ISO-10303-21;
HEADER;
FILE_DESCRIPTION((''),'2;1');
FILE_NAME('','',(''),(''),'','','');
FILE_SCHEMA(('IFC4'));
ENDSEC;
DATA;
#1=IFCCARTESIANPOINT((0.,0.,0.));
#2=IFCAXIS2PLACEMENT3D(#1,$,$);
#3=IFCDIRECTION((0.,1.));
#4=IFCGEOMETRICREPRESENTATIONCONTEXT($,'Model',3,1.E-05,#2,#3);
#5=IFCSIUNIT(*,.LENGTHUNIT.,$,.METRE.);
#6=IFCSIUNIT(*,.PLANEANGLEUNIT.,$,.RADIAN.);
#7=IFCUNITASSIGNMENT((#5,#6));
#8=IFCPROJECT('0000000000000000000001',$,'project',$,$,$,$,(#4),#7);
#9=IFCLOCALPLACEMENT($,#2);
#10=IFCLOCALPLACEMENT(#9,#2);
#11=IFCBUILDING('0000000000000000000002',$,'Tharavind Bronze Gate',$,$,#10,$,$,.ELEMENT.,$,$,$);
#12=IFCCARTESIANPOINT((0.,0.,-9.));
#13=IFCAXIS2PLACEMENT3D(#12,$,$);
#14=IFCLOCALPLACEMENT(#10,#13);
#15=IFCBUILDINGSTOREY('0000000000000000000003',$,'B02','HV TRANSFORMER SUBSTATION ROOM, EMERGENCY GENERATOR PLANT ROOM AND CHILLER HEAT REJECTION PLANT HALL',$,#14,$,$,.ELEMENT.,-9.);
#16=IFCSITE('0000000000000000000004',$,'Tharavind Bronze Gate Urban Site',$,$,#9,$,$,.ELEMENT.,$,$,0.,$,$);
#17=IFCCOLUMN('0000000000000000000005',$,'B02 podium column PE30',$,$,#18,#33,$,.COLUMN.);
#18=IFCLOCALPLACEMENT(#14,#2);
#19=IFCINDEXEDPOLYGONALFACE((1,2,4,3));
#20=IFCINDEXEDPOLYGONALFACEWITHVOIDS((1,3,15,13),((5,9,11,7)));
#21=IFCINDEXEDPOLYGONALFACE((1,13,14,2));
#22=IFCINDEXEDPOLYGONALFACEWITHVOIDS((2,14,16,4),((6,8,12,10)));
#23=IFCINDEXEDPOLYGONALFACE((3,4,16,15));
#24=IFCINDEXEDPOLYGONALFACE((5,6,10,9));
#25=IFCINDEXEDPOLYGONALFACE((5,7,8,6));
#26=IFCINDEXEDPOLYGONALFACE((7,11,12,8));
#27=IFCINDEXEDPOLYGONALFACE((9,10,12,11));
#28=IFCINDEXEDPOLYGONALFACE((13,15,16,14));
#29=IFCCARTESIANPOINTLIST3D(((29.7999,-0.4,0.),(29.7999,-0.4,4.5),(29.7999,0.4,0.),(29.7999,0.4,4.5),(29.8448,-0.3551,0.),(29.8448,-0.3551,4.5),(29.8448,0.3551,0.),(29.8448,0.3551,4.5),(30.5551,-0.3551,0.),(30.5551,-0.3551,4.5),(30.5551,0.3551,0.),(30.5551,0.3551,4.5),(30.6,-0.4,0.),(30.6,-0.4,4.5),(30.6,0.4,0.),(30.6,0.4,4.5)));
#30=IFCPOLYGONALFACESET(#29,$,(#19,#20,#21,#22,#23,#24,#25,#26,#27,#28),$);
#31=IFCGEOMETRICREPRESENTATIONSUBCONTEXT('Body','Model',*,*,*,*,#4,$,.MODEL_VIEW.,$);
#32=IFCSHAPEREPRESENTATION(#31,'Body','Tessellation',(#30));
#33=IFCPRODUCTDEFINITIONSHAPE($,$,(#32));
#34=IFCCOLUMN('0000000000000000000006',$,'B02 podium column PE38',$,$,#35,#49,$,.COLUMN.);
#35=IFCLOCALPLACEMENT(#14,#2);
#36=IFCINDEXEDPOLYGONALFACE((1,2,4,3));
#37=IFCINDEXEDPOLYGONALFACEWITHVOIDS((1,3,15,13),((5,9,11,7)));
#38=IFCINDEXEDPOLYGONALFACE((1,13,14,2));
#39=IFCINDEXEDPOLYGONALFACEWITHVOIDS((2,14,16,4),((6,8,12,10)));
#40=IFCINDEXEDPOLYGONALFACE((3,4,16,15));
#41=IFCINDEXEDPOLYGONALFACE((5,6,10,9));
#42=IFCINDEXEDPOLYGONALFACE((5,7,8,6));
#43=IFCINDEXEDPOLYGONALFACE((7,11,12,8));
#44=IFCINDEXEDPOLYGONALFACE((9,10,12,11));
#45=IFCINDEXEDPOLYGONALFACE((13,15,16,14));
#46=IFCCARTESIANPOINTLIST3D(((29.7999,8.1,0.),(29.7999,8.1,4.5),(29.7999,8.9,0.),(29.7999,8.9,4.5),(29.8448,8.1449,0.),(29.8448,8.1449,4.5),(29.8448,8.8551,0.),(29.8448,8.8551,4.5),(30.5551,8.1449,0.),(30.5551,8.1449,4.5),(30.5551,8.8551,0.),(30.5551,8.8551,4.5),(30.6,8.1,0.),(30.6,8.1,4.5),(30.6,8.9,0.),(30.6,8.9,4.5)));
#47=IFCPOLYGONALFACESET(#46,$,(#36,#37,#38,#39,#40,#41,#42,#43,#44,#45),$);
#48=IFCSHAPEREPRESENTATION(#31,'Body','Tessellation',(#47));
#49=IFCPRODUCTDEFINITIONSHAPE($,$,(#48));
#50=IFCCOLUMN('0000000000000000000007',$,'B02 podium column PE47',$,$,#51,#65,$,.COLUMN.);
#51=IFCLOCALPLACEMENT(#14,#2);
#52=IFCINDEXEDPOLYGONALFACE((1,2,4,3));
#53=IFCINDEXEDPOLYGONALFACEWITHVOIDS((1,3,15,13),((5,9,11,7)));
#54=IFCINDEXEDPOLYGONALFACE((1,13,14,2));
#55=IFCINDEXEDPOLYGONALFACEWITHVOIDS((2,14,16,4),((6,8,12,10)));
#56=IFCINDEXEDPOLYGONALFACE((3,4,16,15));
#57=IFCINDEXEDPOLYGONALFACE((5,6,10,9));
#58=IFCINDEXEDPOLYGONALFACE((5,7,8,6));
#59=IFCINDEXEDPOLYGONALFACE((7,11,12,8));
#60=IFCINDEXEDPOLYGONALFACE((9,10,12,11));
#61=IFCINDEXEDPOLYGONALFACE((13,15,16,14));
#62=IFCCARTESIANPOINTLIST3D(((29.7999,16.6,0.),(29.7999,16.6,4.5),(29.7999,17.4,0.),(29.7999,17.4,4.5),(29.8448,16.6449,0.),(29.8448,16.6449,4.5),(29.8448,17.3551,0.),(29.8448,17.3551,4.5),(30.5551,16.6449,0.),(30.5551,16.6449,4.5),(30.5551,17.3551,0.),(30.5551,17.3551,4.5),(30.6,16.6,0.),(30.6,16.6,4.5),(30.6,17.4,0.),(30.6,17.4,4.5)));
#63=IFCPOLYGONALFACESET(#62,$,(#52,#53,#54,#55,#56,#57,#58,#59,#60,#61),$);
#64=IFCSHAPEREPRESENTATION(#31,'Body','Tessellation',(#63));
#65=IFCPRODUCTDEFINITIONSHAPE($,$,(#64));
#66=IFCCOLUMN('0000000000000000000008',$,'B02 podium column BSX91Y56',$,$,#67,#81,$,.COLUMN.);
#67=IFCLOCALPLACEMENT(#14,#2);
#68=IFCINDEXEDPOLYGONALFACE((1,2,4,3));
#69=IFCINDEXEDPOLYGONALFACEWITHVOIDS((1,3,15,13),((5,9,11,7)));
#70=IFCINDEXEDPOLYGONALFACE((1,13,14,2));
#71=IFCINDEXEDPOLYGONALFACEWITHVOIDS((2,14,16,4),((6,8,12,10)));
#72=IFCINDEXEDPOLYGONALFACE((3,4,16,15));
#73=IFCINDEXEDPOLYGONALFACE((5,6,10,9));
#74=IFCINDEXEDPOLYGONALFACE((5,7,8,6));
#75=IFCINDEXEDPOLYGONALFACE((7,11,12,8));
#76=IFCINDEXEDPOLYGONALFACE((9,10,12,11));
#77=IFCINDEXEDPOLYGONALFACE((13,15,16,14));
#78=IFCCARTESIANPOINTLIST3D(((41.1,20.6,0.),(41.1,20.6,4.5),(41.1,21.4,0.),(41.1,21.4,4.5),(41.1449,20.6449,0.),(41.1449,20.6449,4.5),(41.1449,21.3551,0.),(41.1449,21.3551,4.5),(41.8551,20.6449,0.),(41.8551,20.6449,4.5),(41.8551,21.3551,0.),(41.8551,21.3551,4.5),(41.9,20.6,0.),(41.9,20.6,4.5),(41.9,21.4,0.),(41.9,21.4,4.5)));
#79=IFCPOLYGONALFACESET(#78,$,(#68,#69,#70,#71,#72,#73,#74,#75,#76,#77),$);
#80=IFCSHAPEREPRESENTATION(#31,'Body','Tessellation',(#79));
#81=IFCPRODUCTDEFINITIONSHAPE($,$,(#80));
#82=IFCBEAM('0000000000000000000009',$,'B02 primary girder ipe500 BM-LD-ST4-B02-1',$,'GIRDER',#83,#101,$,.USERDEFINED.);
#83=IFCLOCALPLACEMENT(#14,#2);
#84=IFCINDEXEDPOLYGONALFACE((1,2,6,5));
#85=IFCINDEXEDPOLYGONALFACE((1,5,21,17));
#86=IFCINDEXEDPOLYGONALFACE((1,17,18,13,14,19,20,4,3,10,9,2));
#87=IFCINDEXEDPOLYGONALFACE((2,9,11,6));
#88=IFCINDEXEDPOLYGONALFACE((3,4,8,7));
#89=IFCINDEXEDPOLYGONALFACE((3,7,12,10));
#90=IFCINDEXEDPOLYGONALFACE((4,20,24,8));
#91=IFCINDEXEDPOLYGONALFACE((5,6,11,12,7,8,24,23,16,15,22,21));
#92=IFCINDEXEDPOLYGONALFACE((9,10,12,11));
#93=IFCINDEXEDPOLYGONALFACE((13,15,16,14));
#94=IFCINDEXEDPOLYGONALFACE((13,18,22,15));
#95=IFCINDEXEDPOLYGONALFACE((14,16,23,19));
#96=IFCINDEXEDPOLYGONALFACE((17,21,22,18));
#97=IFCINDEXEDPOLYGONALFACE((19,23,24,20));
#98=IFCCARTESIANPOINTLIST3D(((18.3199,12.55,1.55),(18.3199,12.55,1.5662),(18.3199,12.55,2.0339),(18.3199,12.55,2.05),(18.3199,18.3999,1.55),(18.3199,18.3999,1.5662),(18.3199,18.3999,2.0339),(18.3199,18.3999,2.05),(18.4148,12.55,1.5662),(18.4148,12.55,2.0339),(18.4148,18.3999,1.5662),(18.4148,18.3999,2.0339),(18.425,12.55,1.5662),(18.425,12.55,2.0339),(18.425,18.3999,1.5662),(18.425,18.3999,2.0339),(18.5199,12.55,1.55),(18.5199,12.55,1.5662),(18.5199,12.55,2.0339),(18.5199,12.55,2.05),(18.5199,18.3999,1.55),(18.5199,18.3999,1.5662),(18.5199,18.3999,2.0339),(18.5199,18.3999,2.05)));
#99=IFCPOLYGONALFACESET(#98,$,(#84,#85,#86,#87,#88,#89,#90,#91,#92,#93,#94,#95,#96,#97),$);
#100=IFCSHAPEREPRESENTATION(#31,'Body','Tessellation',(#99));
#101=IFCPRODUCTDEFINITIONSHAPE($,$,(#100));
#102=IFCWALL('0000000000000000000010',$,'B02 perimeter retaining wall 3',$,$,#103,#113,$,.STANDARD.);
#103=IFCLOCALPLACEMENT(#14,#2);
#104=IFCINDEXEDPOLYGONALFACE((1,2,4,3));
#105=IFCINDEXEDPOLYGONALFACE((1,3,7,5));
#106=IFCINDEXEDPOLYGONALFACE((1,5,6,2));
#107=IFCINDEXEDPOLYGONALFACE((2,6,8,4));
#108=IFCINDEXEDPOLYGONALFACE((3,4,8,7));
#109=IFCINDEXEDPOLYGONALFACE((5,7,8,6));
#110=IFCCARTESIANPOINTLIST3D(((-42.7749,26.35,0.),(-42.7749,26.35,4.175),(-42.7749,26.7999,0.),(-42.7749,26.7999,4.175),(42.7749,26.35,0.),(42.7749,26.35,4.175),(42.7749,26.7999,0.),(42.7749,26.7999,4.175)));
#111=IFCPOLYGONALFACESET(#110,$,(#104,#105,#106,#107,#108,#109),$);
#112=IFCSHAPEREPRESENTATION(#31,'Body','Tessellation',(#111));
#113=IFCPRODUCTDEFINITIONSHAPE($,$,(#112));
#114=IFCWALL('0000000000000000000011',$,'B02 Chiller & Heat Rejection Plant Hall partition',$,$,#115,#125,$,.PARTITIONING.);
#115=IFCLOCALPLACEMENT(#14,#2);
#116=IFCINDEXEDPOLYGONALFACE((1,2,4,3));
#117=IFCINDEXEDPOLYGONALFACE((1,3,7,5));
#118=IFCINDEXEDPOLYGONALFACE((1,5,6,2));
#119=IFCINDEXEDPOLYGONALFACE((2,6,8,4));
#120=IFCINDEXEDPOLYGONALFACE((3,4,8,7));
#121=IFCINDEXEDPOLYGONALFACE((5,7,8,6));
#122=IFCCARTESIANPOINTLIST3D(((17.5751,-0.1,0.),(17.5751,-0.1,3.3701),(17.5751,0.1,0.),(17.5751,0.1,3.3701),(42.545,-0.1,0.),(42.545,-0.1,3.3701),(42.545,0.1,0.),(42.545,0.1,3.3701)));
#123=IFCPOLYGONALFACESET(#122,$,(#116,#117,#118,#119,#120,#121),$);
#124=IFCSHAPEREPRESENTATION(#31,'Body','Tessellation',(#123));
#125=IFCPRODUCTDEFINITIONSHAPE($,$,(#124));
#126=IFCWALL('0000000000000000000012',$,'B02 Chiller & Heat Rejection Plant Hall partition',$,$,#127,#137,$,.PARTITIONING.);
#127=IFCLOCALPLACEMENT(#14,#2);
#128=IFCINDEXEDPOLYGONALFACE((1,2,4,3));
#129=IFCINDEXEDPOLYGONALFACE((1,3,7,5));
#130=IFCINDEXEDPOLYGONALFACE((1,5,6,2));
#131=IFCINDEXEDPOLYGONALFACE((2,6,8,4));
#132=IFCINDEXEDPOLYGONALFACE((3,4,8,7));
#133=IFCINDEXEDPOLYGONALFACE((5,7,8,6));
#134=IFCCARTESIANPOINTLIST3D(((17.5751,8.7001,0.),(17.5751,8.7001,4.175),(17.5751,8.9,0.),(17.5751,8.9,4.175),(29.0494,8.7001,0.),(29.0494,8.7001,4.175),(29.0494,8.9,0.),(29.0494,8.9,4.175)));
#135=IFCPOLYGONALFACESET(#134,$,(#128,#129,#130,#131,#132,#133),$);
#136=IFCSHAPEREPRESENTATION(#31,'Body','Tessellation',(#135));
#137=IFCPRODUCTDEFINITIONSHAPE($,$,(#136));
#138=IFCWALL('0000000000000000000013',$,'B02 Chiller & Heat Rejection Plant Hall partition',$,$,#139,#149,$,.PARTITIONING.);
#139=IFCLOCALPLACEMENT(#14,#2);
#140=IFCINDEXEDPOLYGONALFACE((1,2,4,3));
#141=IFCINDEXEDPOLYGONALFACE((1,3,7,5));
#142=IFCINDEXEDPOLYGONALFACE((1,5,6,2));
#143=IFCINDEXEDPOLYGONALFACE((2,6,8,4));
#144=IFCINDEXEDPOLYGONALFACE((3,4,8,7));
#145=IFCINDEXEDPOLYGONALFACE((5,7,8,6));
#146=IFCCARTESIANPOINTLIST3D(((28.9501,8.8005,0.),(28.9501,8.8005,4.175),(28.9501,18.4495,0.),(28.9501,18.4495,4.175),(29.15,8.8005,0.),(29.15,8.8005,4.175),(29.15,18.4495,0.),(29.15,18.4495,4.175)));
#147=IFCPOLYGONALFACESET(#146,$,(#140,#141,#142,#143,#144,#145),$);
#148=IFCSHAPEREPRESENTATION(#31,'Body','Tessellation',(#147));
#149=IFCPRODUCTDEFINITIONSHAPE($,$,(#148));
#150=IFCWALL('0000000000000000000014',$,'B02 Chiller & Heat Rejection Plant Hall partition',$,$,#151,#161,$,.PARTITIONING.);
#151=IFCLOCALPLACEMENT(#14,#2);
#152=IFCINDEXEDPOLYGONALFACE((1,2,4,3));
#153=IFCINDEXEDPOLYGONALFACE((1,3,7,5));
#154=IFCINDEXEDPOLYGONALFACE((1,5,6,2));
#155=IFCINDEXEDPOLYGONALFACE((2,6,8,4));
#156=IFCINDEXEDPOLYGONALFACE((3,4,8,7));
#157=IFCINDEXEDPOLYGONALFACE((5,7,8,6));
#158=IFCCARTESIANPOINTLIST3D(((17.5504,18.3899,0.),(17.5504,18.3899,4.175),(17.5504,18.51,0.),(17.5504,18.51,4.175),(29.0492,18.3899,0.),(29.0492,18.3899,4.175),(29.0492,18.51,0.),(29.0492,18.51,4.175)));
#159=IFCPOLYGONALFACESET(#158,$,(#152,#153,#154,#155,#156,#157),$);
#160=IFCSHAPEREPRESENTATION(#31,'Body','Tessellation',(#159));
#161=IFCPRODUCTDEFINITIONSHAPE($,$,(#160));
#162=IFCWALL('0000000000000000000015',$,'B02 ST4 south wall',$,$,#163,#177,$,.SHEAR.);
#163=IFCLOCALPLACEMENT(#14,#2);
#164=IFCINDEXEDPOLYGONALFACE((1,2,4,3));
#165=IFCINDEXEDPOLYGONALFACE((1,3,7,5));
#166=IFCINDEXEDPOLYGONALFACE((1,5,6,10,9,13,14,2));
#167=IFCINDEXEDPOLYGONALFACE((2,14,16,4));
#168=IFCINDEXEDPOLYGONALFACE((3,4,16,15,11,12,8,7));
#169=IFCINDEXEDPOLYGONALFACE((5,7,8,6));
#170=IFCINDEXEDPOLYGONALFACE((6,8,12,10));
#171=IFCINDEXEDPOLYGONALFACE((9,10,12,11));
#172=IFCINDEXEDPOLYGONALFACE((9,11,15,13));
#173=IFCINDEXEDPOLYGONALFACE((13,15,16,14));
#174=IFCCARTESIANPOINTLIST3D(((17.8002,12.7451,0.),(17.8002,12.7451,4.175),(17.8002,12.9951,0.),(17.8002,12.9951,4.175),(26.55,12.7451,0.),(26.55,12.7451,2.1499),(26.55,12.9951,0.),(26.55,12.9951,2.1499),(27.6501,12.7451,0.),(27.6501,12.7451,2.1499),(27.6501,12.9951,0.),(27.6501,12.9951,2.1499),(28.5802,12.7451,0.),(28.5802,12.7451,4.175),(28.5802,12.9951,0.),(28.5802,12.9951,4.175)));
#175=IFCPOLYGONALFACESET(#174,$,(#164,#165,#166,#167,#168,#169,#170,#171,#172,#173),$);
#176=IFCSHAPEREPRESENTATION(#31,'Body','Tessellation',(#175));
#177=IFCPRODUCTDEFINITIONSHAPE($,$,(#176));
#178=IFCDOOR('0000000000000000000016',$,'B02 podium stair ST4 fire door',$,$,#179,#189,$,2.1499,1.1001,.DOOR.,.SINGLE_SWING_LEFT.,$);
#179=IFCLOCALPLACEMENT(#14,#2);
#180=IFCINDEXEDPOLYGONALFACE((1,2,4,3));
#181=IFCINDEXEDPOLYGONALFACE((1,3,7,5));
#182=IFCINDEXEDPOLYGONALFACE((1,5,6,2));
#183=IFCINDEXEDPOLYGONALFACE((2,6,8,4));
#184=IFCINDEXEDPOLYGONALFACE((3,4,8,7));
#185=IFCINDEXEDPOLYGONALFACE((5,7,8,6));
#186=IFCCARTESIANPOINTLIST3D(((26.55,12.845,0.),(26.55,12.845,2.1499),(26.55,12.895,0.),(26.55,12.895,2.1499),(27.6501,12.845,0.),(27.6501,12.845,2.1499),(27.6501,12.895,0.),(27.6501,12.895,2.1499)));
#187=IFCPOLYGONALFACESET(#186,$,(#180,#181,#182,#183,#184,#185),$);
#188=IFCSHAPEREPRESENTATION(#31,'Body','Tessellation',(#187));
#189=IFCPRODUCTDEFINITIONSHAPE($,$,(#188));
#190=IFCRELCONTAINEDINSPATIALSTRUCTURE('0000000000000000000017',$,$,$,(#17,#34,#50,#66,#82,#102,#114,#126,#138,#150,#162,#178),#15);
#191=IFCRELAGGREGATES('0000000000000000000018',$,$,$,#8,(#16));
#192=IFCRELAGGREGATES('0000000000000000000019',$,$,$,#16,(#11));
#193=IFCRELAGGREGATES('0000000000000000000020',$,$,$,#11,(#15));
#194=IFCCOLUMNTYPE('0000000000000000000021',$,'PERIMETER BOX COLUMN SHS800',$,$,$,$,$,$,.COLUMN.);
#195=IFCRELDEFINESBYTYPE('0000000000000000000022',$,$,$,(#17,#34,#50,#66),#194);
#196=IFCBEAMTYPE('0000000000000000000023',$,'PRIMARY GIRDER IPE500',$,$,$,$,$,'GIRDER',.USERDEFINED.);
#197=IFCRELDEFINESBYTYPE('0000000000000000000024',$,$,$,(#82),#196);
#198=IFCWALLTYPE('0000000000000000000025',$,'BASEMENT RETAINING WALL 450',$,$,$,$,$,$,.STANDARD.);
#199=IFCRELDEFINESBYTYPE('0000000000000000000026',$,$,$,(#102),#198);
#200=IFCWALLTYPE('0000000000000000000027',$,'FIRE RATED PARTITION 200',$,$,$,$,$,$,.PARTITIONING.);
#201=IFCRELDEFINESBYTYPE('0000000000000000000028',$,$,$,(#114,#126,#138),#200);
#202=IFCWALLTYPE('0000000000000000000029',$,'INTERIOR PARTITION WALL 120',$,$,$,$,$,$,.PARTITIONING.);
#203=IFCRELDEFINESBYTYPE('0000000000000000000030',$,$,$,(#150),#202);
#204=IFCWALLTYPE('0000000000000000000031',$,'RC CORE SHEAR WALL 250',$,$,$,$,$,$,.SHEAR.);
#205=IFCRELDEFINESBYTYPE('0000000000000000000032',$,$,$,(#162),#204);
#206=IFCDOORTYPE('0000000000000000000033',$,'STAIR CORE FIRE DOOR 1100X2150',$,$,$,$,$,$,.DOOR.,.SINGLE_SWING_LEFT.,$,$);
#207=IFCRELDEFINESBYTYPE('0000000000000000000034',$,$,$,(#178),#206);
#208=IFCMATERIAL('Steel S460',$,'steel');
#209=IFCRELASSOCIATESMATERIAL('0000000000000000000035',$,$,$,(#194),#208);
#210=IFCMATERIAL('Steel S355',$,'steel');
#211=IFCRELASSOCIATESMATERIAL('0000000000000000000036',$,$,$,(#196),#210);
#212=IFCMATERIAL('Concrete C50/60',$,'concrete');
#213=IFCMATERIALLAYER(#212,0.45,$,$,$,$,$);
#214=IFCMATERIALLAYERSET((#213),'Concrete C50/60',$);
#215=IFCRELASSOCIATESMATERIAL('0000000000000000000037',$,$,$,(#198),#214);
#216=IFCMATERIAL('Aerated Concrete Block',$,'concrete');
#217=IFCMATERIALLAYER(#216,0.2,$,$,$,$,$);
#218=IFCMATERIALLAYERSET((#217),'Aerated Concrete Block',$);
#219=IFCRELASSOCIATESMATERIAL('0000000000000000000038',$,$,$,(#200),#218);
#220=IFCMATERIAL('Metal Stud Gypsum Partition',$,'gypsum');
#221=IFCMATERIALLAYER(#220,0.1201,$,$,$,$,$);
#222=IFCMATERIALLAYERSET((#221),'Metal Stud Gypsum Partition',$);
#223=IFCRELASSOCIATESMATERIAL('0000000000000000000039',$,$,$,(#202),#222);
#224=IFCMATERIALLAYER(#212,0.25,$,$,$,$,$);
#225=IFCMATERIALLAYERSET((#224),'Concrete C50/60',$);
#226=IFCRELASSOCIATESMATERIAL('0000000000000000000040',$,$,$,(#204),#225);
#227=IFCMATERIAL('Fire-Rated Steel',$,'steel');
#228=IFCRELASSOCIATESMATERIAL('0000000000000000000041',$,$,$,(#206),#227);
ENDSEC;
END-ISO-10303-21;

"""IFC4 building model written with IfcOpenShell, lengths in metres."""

from ifc_helpers import new_model, si_unit, direction, frame, frame_2d, origin, origin_2d, place, context, subcontext, project, spatial, rectangle, hollow_rectangle, i_section, extrude, material, layer, layer_set, material_profile, profile_set, type_object, element, fill, save


model = new_model("IFC4")

# Units and contexts
model_context = context("Model", 3, precision=1e-05, world=origin(), true_north=direction((0.0, 1.0)))
body_context = subcontext(model_context, "Body", "Model", "MODEL_VIEW")
ifc_project = project(units=[si_unit("LENGTHUNIT", "METRE"), si_unit("PLANEANGLEUNIT", "RADIAN")], contexts=[model_context])

# Site, building, storey
site_placement = place(None, origin())
site = spatial("IfcSite", under=ifc_project, at=site_placement, Name="Tharavind Bronze Gate Urban Site", CompositionType="ELEMENT", RefElevation=0.0)
building_placement = place(site_placement, origin())
building = spatial("IfcBuilding", under=site, at=building_placement, Name="Tharavind Bronze Gate", CompositionType="ELEMENT")
storey_placement = place(building_placement, frame((0.0, 0.0, -9.0)))
storey = spatial("IfcBuildingStorey", under=building, at=storey_placement, Name="B02", Description="HV TRANSFORMER SUBSTATION ROOM, EMERGENCY GENERATOR PLANT ROOM AND CHILLER HEAT REJECTION PLANT HALL", CompositionType="ELEMENT", Elevation=-9.0)

# Shared definitions
ifc_material_1 = material(Name="Concrete C50/60", Category="concrete")

# Columns
ifc_material_2 = material(Name="Steel S460", Category="steel")
ifc_material_profile_1 = material_profile(ifc_material_2, hollow_rectangle(XDim=0.8, YDim=0.8, WallThickness=0.0449, at=origin_2d()), Name="SHS800X45")
ifc_profile_set_1 = profile_set([ifc_material_profile_1], Name="Steel S460")
column_type = type_object("IfcColumnType", Name="PERIMETER BOX COLUMN SHS800", PredefinedType="COLUMN", material=ifc_profile_set_1)
for number, where, z_axis, x_axis, name in (
    (1, (30.2, 0.0, 0.0), (0.0, 0.0, 1.0), (1.0, 0.0, 0.0), "B02 podium column PE30"),
    (2, (30.2, 8.5, 0.0), (0.0, 0.0, 1.0), (1.0, 0.0, 0.0), "B02 podium column PE38"),
    (3, (30.2, 17.0, 0.0), (0.0, 0.0, 1.0), (1.0, 0.0, 0.0), "B02 podium column PE47"),
    (4, (41.5, 21.0, 0.0), (0.0, 0.0, 1.0), (1.0, 0.0, 0.0), "B02 podium column BSX91Y56"),
):
    element("IfcColumn", number, at=place(storey_placement, frame(where, z_axis=z_axis, x_axis=x_axis)), inside=storey, type_object=column_type, Name=name, PredefinedType="COLUMN", context=body_context, shape_type="SweptSolid", body=[
        extrude(hollow_rectangle(XDim=0.8, YDim=0.8, WallThickness=0.0449, at=origin_2d()), origin(), (0.0, 0.0, 1.0), 4.5),
    ])

# Beam
ifc_material_3 = material(Name="Steel S355", Category="steel")
ifc_material_profile_2 = material_profile(ifc_material_3, i_section(OverallWidth=0.2, OverallDepth=0.5, WebThickness=0.0103, FlangeThickness=0.0161, at=origin_2d()), Name="IPE500")
ifc_profile_set_2 = profile_set([ifc_material_profile_2], Name="Steel S355")
beam_type = type_object("IfcBeamType", Name="PRIMARY GIRDER IPE500", ElementType="GIRDER", PredefinedType="USERDEFINED", material=ifc_profile_set_2)
beam_placement = place(storey_placement, frame((18.4199, 12.55, 1.8), z_axis=(0.0, 1.0, 0.0), x_axis=(-1.0, 0.0, 0.0)))
element("IfcBeam", 5, at=beam_placement, inside=storey, type_object=beam_type, Name="B02 primary girder ipe500 BM-LD-ST4-B02-1", ObjectType="GIRDER", PredefinedType="USERDEFINED", context=body_context, shape_type="SweptSolid", body=[
    extrude(i_section(OverallWidth=0.2, OverallDepth=0.5, WebThickness=0.0103, FlangeThickness=0.0161, at=origin_2d()), origin(), (0.0, 0.0, 1.0), 5.8499),
])

# Walls
ifc_layer_1 = layer(ifc_material_1, 0.45)
ifc_layer_set_1 = layer_set([ifc_layer_1], Name="Concrete C50/60")
wall_type_1 = type_object("IfcWallType", Name="BASEMENT RETAINING WALL 450", PredefinedType="STANDARD", material=ifc_layer_set_1)
wall_1_placement = place(storey_placement, frame((42.7749, 26.575, 0.0), z_axis=(0.0, 0.0, 1.0), x_axis=(-1.0, 0.0, 0.0)))
element("IfcWall", 6, at=wall_1_placement, inside=storey, type_object=wall_type_1, Name="B02 perimeter retaining wall 3", PredefinedType="STANDARD", context=body_context, shape_type="SweptSolid", body=[
    extrude(rectangle(XDim=85.5498, YDim=0.45, at=frame_2d((42.7749, 0.0))), origin(), (0.0, 0.0, 1.0), 4.175),
])
ifc_material_4 = material(Name="Aerated Concrete Block", Category="concrete")
ifc_layer_2 = layer(ifc_material_4, 0.2)
ifc_layer_set_2 = layer_set([ifc_layer_2], Name="Aerated Concrete Block")
wall_type_2 = type_object("IfcWallType", Name="FIRE RATED PARTITION 200", PredefinedType="PARTITIONING", material=ifc_layer_set_2)
wall_2_placement = place(storey_placement, frame((42.5449, 0.0, 0.0), z_axis=(0.0, 0.0, 1.0), x_axis=(-1.0, 0.0, 0.0)))
element("IfcWall", 7, at=wall_2_placement, inside=storey, type_object=wall_type_2, Name="B02 Chiller & Heat Rejection Plant Hall partition", PredefinedType="PARTITIONING", context=body_context, shape_type="SweptSolid", body=[
    extrude(rectangle(XDim=24.97, YDim=0.2, at=frame_2d((12.4849, 0.0))), origin(), (0.0, 0.0, 1.0), 3.3701),
])
wall_3_placement = place(storey_placement, frame((17.575, 8.8, 0.0), z_axis=(0.0, 0.0, 1.0), x_axis=(1.0, 0.0, 0.0)))
element("IfcWall", 8, at=wall_3_placement, inside=storey, type_object=wall_type_2, Name="B02 Chiller & Heat Rejection Plant Hall partition", PredefinedType="PARTITIONING", context=body_context, shape_type="SweptSolid", body=[
    extrude(rectangle(XDim=11.4744, YDim=0.2, at=frame_2d((5.7373, 0.0))), origin(), (0.0, 0.0, 1.0), 4.175),
])
wall_4_placement = place(storey_placement, frame((29.05, 8.8005, 0.0), z_axis=(0.0, 0.0, 1.0), x_axis=(0.0, 1.0, 0.0)))
element("IfcWall", 9, at=wall_4_placement, inside=storey, type_object=wall_type_2, Name="B02 Chiller & Heat Rejection Plant Hall partition", PredefinedType="PARTITIONING", context=body_context, shape_type="SweptSolid", body=[
    extrude(rectangle(XDim=9.6489, YDim=0.2, at=frame_2d((4.8245, 0.0))), origin(), (0.0, 0.0, 1.0), 4.175),
])
ifc_material_5 = material(Name="Metal Stud Gypsum Partition", Category="gypsum")
ifc_layer_3 = layer(ifc_material_5, 0.1201)
ifc_layer_set_3 = layer_set([ifc_layer_3], Name="Metal Stud Gypsum Partition")
wall_type_3 = type_object("IfcWallType", Name="INTERIOR PARTITION WALL 120", PredefinedType="PARTITIONING", material=ifc_layer_set_3)
wall_5_placement = place(storey_placement, frame((29.0493, 18.45, 0.0), z_axis=(0.0, 0.0, 1.0), x_axis=(-1.0, 0.0, 0.0)))
element("IfcWall", 10, at=wall_5_placement, inside=storey, type_object=wall_type_3, Name="B02 Chiller & Heat Rejection Plant Hall partition", PredefinedType="PARTITIONING", context=body_context, shape_type="SweptSolid", body=[
    extrude(rectangle(XDim=11.4988, YDim=0.1201, at=frame_2d((5.7495, 0.0))), origin(), (0.0, 0.0, 1.0), 4.175),
])

# Wall, opening, door
ifc_layer_4 = layer(ifc_material_1, 0.25)
ifc_layer_set_4 = layer_set([ifc_layer_4], Name="Concrete C50/60")
wall_type_4 = type_object("IfcWallType", Name="RC CORE SHEAR WALL 250", PredefinedType="SHEAR", material=ifc_layer_set_4)
wall_6_placement = place(storey_placement, frame((17.8, 12.8701, 0.0), z_axis=(0.0, 0.0, 1.0), x_axis=(1.0, 0.0, 0.0)))
wall_6 = element("IfcWall", 11, at=wall_6_placement, inside=storey, type_object=wall_type_4, Name="B02 ST4 south wall", PredefinedType="SHEAR", context=body_context, shape_type="SweptSolid", body=[
    extrude(rectangle(XDim=10.78, YDim=0.25, at=frame_2d((5.3901, 0.0))), origin(), (0.0, 0.0, 1.0), 4.175),
])
opening_placement = place(wall_6_placement, frame((8.75, 0.0, 0.0)))
opening = element("IfcOpeningElement", 12, at=opening_placement, cuts=wall_6, PredefinedType="OPENING", context=body_context, shape_type="SweptSolid", body=[
    extrude(rectangle(XDim=1.1001, YDim=2.1499, at=frame_2d((0.55, 1.075))), frame((0.0, 0.135, 0.0), z_axis=(0.0, -1.0, 0.0), x_axis=(1.0, 0.0, 0.0)), (0.0, 0.0, 1.0), 0.27),
])
ifc_material_6 = material(Name="Fire-Rated Steel", Category="steel")
door_type = type_object("IfcDoorType", Name="STAIR CORE FIRE DOOR 1100X2150", OperationType="SINGLE_SWING_LEFT", PredefinedType="DOOR", material=ifc_material_6)
door_placement = place(opening_placement, origin())
door = element("IfcDoor", 13, at=door_placement, inside=storey, type_object=door_type, Name="B02 podium stair ST4 fire door", OperationType="SINGLE_SWING_LEFT", OverallHeight=2.1499, OverallWidth=1.1001, PredefinedType="DOOR", context=body_context, shape_type="SweptSolid", body=[
    extrude(rectangle(XDim=1.1001, YDim=2.1499, at=frame_2d((0.55, 1.075))), frame((0.0, 0.0249, 0.0), z_axis=(0.0, -1.0, 0.0), x_axis=(1.0, 0.0, 0.0)), (0.0, 0.0, 1.0), 0.05),
])
fill(opening, door)

save(model, "model.ifc")
